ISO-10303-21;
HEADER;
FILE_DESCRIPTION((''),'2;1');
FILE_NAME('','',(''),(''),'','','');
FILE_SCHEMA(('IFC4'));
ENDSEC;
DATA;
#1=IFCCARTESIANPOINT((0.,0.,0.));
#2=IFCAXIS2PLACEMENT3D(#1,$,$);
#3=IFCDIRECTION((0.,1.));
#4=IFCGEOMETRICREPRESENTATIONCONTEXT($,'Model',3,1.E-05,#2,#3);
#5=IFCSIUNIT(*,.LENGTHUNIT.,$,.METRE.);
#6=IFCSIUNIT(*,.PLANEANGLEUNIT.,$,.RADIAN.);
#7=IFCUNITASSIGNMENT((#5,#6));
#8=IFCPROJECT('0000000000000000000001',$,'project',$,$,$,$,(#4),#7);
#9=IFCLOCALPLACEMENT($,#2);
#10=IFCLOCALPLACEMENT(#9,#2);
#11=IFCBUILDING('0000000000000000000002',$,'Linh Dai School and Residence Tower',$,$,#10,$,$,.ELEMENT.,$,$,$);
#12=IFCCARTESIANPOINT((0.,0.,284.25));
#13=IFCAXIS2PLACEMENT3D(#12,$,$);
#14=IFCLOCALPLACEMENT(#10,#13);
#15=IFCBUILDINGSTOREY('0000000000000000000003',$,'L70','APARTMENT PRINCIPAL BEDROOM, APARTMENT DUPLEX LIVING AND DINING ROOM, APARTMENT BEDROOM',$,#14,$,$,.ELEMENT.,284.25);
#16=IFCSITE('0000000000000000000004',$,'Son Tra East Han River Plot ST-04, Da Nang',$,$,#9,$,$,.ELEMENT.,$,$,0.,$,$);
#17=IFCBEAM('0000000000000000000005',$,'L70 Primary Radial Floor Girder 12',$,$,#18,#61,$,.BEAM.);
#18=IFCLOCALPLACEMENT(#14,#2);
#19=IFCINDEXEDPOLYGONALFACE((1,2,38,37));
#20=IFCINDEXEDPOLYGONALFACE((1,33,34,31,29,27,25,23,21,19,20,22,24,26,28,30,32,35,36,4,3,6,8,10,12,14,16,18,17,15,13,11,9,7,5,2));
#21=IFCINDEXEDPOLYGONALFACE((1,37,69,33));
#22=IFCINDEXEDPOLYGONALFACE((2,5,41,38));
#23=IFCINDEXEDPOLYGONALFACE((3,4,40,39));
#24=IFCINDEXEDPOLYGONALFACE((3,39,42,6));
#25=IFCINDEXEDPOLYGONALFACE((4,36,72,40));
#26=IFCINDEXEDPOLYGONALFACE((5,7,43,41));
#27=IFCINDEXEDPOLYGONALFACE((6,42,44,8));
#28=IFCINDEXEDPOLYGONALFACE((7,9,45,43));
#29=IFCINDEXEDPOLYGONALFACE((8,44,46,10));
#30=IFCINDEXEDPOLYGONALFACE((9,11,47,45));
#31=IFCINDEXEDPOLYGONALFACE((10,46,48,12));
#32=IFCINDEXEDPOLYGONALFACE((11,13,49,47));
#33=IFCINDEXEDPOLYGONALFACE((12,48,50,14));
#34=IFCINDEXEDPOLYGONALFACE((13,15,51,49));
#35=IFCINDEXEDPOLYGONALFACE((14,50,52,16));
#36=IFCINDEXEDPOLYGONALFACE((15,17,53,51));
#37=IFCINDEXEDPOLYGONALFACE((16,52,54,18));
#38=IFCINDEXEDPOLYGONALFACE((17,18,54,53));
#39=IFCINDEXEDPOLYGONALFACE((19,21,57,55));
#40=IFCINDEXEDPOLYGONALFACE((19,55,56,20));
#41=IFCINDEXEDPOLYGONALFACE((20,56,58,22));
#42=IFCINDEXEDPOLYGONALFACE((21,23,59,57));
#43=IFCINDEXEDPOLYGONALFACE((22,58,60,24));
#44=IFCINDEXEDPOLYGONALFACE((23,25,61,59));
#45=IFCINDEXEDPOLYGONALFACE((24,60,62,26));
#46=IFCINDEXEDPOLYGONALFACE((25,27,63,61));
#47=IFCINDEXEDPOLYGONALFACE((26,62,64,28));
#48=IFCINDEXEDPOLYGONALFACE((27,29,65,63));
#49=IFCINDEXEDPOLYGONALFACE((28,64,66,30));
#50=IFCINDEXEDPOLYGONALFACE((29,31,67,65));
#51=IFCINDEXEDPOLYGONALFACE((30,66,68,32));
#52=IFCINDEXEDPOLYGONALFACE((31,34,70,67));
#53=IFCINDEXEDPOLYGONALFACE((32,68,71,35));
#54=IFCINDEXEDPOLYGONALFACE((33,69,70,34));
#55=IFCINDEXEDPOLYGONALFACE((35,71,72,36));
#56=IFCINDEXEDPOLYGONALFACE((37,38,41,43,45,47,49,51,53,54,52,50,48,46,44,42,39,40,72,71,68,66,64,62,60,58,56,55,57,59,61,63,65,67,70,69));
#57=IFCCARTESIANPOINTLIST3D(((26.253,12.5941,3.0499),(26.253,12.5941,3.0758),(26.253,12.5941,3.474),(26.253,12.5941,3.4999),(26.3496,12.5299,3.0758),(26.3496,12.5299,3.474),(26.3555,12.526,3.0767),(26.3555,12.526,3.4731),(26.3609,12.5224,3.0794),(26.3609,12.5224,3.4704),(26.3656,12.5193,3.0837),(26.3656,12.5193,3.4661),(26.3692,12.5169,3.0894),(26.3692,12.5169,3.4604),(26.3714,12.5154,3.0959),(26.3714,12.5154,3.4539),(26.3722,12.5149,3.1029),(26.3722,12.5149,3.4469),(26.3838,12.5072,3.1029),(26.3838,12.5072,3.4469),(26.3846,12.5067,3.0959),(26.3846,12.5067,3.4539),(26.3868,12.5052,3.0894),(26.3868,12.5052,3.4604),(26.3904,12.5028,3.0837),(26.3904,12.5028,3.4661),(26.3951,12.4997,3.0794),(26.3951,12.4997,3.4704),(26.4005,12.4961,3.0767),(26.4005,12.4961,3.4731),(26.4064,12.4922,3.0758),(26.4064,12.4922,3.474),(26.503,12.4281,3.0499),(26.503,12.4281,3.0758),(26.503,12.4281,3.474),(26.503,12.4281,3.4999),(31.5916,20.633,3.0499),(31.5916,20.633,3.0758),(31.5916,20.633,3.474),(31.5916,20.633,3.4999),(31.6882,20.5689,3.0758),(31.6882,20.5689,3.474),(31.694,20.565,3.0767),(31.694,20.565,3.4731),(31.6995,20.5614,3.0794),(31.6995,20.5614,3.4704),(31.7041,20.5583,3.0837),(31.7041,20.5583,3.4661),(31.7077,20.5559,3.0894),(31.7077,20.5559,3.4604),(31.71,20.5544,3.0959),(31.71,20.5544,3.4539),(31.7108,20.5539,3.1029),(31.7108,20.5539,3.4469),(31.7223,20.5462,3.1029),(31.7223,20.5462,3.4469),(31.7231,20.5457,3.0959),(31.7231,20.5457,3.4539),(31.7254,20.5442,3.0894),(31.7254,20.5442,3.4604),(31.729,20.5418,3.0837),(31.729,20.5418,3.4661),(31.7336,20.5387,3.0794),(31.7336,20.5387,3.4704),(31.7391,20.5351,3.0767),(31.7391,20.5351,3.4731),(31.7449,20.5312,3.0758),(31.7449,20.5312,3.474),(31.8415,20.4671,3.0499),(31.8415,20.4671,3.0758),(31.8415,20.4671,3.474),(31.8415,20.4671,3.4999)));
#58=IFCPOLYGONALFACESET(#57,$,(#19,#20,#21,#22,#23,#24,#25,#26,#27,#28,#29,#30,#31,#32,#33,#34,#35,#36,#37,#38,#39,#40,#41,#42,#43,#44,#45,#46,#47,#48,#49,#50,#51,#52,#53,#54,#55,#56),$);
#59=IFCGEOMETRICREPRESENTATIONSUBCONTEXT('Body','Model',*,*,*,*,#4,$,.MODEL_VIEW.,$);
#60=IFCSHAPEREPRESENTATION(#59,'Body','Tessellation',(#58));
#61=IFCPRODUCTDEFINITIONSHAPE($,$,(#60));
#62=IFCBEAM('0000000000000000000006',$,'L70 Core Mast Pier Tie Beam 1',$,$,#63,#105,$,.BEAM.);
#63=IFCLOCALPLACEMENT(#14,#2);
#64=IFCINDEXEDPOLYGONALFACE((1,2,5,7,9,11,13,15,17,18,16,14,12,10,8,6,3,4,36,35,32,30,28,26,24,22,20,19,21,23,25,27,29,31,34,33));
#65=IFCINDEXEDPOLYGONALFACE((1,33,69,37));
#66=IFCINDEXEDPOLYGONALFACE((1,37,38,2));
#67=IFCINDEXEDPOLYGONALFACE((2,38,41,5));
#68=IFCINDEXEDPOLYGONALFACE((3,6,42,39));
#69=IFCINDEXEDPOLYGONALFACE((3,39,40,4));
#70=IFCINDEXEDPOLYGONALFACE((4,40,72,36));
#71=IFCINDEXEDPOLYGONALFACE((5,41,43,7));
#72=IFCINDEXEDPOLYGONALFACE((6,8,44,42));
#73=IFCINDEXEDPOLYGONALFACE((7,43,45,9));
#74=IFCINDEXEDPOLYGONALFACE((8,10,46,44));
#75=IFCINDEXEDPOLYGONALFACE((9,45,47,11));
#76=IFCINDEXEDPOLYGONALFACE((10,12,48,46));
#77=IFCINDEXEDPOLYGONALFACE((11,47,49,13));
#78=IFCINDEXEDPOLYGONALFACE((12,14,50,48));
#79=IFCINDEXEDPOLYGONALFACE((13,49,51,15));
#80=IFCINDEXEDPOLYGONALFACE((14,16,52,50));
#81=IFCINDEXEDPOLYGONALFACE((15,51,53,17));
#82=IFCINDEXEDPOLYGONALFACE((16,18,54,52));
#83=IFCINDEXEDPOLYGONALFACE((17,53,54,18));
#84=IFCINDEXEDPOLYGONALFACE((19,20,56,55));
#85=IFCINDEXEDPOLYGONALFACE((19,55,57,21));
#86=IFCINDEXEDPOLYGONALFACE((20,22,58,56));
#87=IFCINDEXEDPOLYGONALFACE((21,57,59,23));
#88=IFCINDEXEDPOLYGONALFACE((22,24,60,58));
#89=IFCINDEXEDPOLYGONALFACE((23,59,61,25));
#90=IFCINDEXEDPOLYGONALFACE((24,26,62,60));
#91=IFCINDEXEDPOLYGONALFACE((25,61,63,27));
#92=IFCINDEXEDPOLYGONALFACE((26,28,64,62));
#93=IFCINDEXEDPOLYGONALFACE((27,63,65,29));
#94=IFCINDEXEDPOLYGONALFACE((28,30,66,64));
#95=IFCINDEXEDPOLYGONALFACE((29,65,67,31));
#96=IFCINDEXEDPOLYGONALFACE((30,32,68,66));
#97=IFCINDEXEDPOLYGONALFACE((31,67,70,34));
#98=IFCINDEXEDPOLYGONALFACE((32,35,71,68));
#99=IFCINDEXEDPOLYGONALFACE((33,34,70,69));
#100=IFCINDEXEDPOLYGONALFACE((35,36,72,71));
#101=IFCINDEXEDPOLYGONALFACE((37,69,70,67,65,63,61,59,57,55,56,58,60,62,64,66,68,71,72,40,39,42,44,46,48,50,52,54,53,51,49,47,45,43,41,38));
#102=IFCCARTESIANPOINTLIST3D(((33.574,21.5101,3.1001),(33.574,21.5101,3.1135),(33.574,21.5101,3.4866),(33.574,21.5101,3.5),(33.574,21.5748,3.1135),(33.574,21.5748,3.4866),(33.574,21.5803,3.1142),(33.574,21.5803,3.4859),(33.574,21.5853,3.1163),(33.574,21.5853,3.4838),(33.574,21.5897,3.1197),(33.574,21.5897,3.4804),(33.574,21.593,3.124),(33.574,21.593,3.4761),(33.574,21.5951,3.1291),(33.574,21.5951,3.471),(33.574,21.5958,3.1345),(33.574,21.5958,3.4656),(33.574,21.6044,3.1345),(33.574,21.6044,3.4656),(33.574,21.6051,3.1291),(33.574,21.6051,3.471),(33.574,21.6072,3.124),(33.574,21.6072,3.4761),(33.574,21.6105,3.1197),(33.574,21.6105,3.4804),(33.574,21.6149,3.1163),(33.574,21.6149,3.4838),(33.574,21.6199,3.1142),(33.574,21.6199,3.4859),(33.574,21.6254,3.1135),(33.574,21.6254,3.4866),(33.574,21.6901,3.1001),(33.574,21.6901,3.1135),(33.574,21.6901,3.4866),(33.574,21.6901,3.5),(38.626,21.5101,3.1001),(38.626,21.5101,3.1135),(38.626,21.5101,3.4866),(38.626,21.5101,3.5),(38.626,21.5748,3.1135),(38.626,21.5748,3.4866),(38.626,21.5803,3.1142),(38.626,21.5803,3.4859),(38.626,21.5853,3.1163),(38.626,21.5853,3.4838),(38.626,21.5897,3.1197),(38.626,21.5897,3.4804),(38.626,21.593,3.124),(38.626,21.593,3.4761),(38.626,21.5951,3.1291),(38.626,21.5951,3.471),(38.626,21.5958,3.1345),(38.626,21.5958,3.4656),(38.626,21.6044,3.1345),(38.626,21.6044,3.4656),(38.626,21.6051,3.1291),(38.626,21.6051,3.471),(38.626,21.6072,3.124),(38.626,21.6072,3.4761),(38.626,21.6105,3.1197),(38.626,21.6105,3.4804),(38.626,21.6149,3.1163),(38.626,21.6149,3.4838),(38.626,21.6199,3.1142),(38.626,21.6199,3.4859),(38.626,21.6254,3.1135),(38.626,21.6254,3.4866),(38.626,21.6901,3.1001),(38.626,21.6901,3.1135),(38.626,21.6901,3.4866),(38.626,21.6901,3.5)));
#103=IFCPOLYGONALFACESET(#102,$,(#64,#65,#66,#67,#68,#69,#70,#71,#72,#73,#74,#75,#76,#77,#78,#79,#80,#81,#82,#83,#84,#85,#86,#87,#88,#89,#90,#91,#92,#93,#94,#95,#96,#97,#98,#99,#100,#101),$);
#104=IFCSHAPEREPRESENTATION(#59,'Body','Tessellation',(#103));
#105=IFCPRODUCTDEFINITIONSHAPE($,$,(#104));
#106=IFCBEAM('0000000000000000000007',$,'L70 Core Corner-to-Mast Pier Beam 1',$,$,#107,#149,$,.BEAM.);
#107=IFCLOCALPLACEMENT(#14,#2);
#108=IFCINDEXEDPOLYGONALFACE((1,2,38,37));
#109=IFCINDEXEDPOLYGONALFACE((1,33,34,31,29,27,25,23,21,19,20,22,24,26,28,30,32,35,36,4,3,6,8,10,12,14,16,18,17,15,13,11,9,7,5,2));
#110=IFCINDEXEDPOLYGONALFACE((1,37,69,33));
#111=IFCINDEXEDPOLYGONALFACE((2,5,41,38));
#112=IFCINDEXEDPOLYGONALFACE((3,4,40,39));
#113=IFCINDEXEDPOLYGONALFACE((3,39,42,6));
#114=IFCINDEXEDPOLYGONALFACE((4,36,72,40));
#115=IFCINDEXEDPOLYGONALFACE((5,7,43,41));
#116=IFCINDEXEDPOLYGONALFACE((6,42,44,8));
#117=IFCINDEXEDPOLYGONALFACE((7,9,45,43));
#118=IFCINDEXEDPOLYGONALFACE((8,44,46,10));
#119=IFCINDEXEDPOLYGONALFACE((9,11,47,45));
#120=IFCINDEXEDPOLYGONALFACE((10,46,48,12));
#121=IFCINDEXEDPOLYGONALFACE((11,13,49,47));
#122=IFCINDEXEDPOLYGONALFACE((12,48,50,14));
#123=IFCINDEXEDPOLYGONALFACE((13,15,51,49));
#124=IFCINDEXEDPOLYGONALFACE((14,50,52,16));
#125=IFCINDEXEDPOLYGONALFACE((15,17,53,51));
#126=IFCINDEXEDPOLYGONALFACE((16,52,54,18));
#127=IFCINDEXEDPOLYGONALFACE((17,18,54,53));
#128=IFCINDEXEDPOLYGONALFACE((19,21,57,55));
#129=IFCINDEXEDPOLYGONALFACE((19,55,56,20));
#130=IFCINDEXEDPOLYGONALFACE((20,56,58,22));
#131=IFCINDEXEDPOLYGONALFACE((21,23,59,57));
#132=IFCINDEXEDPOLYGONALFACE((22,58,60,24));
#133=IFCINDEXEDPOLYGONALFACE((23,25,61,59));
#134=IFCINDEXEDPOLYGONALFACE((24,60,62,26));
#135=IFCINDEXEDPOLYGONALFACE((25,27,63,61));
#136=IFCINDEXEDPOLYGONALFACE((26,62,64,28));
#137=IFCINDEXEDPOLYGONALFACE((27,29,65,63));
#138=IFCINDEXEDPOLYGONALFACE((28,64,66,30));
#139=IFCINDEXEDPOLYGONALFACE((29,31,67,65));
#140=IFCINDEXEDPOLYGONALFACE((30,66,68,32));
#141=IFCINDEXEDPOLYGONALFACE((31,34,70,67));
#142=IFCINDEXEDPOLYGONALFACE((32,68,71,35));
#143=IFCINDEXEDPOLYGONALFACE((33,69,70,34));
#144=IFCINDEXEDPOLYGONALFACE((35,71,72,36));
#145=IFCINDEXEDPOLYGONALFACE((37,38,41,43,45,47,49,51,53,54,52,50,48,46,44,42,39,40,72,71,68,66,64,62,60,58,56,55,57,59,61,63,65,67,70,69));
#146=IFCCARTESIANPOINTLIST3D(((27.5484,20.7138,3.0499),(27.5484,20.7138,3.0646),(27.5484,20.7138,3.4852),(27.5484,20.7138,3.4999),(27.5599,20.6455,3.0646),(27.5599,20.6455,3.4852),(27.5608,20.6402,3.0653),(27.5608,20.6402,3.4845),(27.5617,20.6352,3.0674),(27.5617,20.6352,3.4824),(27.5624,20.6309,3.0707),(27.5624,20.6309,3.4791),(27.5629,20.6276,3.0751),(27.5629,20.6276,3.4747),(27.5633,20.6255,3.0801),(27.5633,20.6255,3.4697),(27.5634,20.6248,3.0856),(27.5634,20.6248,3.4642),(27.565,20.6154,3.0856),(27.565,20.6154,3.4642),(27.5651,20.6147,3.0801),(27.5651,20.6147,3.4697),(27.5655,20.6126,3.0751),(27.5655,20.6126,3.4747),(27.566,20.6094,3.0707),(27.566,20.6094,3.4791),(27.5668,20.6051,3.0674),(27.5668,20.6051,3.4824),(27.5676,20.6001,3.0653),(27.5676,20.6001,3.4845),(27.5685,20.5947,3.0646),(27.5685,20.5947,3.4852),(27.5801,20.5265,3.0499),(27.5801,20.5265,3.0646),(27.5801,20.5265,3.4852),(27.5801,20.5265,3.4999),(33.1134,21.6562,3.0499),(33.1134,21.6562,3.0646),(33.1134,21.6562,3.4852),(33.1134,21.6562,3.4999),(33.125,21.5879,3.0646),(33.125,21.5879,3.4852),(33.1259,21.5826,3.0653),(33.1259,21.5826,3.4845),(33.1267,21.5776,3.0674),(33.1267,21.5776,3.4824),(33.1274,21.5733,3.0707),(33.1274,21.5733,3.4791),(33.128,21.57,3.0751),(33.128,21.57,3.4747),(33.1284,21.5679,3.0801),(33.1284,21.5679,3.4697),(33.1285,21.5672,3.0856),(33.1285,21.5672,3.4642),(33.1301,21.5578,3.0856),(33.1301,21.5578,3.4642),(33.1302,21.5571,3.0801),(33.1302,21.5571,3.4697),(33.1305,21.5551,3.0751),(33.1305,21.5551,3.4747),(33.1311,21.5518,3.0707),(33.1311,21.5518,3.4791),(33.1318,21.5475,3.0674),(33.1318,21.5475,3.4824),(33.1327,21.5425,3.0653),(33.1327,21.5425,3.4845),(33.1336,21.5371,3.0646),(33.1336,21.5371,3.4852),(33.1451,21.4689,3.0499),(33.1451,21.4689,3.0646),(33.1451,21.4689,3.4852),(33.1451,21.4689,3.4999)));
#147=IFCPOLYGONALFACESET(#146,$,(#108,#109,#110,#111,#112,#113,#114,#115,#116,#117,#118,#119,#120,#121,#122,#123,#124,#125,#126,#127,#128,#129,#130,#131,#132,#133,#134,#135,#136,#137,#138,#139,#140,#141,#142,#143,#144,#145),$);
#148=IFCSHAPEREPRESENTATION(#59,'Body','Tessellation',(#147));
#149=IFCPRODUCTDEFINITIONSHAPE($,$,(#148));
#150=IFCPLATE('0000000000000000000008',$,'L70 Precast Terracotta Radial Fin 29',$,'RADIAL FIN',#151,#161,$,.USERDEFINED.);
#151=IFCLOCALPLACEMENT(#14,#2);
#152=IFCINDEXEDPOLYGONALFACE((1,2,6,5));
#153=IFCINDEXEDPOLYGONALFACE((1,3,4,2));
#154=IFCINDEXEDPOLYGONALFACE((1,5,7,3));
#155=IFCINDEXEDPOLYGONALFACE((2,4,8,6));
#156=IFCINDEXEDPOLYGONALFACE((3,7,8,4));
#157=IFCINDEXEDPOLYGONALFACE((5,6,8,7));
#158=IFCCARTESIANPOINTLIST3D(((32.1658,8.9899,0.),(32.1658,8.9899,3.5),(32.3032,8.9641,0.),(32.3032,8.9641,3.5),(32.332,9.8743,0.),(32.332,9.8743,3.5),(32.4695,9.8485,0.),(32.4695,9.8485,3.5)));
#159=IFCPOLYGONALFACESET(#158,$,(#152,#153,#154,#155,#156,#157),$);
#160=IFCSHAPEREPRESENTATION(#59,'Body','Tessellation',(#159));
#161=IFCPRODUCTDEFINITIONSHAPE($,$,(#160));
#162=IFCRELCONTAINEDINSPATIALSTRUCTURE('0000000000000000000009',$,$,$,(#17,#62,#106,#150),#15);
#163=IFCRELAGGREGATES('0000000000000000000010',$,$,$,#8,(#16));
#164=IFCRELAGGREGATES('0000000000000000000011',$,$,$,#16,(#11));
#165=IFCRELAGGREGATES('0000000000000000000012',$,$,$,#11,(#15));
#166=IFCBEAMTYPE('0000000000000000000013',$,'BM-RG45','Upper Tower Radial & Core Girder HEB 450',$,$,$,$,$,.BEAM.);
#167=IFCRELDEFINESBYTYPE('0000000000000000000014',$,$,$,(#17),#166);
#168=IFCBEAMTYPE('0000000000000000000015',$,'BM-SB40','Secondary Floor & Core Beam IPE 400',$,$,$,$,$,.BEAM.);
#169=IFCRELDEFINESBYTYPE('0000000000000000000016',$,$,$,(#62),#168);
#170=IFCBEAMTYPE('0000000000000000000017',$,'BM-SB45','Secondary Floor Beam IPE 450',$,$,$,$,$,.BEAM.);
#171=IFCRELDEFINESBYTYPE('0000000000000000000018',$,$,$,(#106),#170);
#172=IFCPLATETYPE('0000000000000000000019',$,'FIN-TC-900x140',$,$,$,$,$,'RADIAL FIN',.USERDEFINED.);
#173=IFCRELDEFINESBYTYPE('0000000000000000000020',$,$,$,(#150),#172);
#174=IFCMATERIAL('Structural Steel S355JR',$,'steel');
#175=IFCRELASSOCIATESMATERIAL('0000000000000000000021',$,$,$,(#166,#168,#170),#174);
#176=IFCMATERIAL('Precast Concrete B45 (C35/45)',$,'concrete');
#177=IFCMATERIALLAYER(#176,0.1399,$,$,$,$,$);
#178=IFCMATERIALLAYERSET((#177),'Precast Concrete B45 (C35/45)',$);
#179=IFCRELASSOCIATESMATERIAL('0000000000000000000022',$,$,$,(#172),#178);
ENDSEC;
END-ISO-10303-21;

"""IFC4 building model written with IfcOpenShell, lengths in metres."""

from ifc_helpers import new_model, si_unit, direction, frame, origin, origin_2d, place, context, subcontext, project, spatial, rectangle, i_section, extrude, source, transform, mapped, material, layer, layer_set, material_profile, profile_set, type_object, element, save


model = new_model("IFC4")

# Units and contexts
model_context = context("Model", 3, precision=1e-05, world=origin(), true_north=direction((0.0, 1.0)))
body_context = subcontext(model_context, "Body", "Model", "MODEL_VIEW")
ifc_project = project(units=[si_unit("LENGTHUNIT", "METRE"), si_unit("PLANEANGLEUNIT", "RADIAN")], contexts=[model_context])

# Site, building, storey
site_placement = place(None, origin())
site = spatial("IfcSite", under=ifc_project, at=site_placement, Name="Son Tra East Han River Plot ST-04, Da Nang", CompositionType="ELEMENT", RefElevation=0.0)
building_placement = place(site_placement, origin())
building = spatial("IfcBuilding", under=site, at=building_placement, Name="Linh Dai School and Residence Tower", CompositionType="ELEMENT")
storey_placement = place(building_placement, frame((0.0, 0.0, 284.25)))
storey = spatial("IfcBuildingStorey", under=building, at=storey_placement, Name="L70", Description="APARTMENT PRINCIPAL BEDROOM, APARTMENT DUPLEX LIVING AND DINING ROOM, APARTMENT BEDROOM", CompositionType="ELEMENT", Elevation=284.25)

# Shared definitions
ifc_material_1 = material(Name="Structural Steel S355JR", Category="steel")

# Beams
ifc_material_profile_1 = material_profile(ifc_material_1, i_section(OverallWidth=0.3, OverallDepth=0.45, WebThickness=0.0139, FlangeThickness=0.0259, FilletRadius=0.0271, at=origin_2d()), Name="HEB 450")
ifc_profile_set_1 = profile_set([ifc_material_profile_1], Name="Structural Steel S355JR")
beam_type_1 = type_object("IfcBeamType", Name="BM-RG45", Description="Upper Tower Radial & Core Girder HEB 450", PredefinedType="BEAM", material=ifc_profile_set_1)
beam_1_placement = place(storey_placement, frame((31.7166, 20.55, 3.2749), z_axis=(-0.553211, -0.833041, 0.0), x_axis=(0.833041, -0.553211, 0.0)))
element("IfcBeam", 1, at=beam_1_placement, inside=storey, type_object=beam_type_1, Name="L70 Primary Radial Floor Girder 12", PredefinedType="BEAM", context=body_context, shape_type="SweptSolid", body=[
    extrude(i_section(OverallWidth=0.3, OverallDepth=0.45, WebThickness=0.0139, FlangeThickness=0.0259, FilletRadius=0.0271, at=origin_2d()), origin(), (0.0, 0.0, 1.0), 9.6501),
])
ifc_material_profile_2 = material_profile(ifc_material_1, i_section(OverallWidth=0.1799, OverallDepth=0.3999, WebThickness=0.0085, FlangeThickness=0.0134, FilletRadius=0.021, at=origin_2d()), Name="IPE 400")
ifc_profile_set_2 = profile_set([ifc_material_profile_2], Name="Structural Steel S355JR")
beam_type_2 = type_object("IfcBeamType", Name="BM-SB40", Description="Secondary Floor & Core Beam IPE 400", PredefinedType="BEAM", material=ifc_profile_set_2)
beam_2_placement = place(storey_placement, frame((33.574, 21.6001, 3.3), z_axis=(1.0, 0.0, 0.0), x_axis=(0.0, 1.0, 0.0)))
element("IfcBeam", 2, at=beam_2_placement, inside=storey, type_object=beam_type_2, Name="L70 Core Mast Pier Tie Beam 1", PredefinedType="BEAM", context=body_context, shape_type="SweptSolid", body=[
    extrude(i_section(OverallWidth=0.1799, OverallDepth=0.3999, WebThickness=0.0085, FlangeThickness=0.0134, FilletRadius=0.021, at=origin_2d()), origin(), (0.0, 0.0, 1.0), 5.052),
])
ifc_material_profile_3 = material_profile(ifc_material_1, i_section(OverallWidth=0.1899, OverallDepth=0.45, WebThickness=0.0095, FlangeThickness=0.0146, FilletRadius=0.021, at=origin_2d()), Name="IPE 450")
ifc_profile_set_3 = profile_set([ifc_material_profile_3], Name="Structural Steel S355JR")
beam_type_3 = type_object("IfcBeamType", Name="BM-SB45", Description="Secondary Floor Beam IPE 450", PredefinedType="BEAM", material=ifc_profile_set_3)
beam_3_placement = place(storey_placement, frame((27.5642, 20.6201, 3.2749), z_axis=(0.985963, 0.166966, 0.0), x_axis=(-0.166966, 0.985963, 0.0)))
element("IfcBeam", 3, at=beam_3_placement, inside=storey, type_object=beam_type_3, Name="L70 Core Corner-to-Mast Pier Beam 1", PredefinedType="BEAM", context=body_context, shape_type="SweptSolid", body=[
    extrude(i_section(OverallWidth=0.1899, OverallDepth=0.45, WebThickness=0.0095, FlangeThickness=0.0146, FilletRadius=0.021, at=origin_2d()), origin(), (0.0, 0.0, 1.0), 5.6443),
])

# Plate
ifc_material_2 = material(Name="Precast Concrete B45 (C35/45)", Category="concrete")
ifc_layer_1 = layer(ifc_material_2, 0.1399)
ifc_layer_set_1 = layer_set([ifc_layer_1], Name="Precast Concrete B45 (C35/45)")
plate_type = type_object("IfcPlateType", Name="FIN-TC-900x140", ElementType="RADIAL FIN", PredefinedType="USERDEFINED", material=ifc_layer_set_1)
shared_shape_1 = source(origin(), body_context, "Body", "SweptSolid", [
    extrude(rectangle(XDim=0.8999, YDim=0.1399, at=origin_2d()), origin(), (0.0, 0.0, 1.0), 3.5),
])
plate_placement = place(storey_placement, frame((32.3176, 9.4192, 0.0), z_axis=(0.0, 0.0, 1.0), x_axis=(-0.184751, -0.982785, 0.0)))
element("IfcPlate", 4, at=plate_placement, inside=storey, type_object=plate_type, Name="L70 Precast Terracotta Radial Fin 29", ObjectType="RADIAL FIN", PredefinedType="USERDEFINED", context=body_context, shape_type="MappedRepresentation", body=[
    mapped(shared_shape_1, transform((0.0, 0.0, 0.0), x_axis=(1.0, 0.0, 0.0), y_axis=(0.0, 1.0, 0.0), z_axis=(0.0, 0.0, 1.0), scale=1.0)),
])

save(model, "model.ifc")
